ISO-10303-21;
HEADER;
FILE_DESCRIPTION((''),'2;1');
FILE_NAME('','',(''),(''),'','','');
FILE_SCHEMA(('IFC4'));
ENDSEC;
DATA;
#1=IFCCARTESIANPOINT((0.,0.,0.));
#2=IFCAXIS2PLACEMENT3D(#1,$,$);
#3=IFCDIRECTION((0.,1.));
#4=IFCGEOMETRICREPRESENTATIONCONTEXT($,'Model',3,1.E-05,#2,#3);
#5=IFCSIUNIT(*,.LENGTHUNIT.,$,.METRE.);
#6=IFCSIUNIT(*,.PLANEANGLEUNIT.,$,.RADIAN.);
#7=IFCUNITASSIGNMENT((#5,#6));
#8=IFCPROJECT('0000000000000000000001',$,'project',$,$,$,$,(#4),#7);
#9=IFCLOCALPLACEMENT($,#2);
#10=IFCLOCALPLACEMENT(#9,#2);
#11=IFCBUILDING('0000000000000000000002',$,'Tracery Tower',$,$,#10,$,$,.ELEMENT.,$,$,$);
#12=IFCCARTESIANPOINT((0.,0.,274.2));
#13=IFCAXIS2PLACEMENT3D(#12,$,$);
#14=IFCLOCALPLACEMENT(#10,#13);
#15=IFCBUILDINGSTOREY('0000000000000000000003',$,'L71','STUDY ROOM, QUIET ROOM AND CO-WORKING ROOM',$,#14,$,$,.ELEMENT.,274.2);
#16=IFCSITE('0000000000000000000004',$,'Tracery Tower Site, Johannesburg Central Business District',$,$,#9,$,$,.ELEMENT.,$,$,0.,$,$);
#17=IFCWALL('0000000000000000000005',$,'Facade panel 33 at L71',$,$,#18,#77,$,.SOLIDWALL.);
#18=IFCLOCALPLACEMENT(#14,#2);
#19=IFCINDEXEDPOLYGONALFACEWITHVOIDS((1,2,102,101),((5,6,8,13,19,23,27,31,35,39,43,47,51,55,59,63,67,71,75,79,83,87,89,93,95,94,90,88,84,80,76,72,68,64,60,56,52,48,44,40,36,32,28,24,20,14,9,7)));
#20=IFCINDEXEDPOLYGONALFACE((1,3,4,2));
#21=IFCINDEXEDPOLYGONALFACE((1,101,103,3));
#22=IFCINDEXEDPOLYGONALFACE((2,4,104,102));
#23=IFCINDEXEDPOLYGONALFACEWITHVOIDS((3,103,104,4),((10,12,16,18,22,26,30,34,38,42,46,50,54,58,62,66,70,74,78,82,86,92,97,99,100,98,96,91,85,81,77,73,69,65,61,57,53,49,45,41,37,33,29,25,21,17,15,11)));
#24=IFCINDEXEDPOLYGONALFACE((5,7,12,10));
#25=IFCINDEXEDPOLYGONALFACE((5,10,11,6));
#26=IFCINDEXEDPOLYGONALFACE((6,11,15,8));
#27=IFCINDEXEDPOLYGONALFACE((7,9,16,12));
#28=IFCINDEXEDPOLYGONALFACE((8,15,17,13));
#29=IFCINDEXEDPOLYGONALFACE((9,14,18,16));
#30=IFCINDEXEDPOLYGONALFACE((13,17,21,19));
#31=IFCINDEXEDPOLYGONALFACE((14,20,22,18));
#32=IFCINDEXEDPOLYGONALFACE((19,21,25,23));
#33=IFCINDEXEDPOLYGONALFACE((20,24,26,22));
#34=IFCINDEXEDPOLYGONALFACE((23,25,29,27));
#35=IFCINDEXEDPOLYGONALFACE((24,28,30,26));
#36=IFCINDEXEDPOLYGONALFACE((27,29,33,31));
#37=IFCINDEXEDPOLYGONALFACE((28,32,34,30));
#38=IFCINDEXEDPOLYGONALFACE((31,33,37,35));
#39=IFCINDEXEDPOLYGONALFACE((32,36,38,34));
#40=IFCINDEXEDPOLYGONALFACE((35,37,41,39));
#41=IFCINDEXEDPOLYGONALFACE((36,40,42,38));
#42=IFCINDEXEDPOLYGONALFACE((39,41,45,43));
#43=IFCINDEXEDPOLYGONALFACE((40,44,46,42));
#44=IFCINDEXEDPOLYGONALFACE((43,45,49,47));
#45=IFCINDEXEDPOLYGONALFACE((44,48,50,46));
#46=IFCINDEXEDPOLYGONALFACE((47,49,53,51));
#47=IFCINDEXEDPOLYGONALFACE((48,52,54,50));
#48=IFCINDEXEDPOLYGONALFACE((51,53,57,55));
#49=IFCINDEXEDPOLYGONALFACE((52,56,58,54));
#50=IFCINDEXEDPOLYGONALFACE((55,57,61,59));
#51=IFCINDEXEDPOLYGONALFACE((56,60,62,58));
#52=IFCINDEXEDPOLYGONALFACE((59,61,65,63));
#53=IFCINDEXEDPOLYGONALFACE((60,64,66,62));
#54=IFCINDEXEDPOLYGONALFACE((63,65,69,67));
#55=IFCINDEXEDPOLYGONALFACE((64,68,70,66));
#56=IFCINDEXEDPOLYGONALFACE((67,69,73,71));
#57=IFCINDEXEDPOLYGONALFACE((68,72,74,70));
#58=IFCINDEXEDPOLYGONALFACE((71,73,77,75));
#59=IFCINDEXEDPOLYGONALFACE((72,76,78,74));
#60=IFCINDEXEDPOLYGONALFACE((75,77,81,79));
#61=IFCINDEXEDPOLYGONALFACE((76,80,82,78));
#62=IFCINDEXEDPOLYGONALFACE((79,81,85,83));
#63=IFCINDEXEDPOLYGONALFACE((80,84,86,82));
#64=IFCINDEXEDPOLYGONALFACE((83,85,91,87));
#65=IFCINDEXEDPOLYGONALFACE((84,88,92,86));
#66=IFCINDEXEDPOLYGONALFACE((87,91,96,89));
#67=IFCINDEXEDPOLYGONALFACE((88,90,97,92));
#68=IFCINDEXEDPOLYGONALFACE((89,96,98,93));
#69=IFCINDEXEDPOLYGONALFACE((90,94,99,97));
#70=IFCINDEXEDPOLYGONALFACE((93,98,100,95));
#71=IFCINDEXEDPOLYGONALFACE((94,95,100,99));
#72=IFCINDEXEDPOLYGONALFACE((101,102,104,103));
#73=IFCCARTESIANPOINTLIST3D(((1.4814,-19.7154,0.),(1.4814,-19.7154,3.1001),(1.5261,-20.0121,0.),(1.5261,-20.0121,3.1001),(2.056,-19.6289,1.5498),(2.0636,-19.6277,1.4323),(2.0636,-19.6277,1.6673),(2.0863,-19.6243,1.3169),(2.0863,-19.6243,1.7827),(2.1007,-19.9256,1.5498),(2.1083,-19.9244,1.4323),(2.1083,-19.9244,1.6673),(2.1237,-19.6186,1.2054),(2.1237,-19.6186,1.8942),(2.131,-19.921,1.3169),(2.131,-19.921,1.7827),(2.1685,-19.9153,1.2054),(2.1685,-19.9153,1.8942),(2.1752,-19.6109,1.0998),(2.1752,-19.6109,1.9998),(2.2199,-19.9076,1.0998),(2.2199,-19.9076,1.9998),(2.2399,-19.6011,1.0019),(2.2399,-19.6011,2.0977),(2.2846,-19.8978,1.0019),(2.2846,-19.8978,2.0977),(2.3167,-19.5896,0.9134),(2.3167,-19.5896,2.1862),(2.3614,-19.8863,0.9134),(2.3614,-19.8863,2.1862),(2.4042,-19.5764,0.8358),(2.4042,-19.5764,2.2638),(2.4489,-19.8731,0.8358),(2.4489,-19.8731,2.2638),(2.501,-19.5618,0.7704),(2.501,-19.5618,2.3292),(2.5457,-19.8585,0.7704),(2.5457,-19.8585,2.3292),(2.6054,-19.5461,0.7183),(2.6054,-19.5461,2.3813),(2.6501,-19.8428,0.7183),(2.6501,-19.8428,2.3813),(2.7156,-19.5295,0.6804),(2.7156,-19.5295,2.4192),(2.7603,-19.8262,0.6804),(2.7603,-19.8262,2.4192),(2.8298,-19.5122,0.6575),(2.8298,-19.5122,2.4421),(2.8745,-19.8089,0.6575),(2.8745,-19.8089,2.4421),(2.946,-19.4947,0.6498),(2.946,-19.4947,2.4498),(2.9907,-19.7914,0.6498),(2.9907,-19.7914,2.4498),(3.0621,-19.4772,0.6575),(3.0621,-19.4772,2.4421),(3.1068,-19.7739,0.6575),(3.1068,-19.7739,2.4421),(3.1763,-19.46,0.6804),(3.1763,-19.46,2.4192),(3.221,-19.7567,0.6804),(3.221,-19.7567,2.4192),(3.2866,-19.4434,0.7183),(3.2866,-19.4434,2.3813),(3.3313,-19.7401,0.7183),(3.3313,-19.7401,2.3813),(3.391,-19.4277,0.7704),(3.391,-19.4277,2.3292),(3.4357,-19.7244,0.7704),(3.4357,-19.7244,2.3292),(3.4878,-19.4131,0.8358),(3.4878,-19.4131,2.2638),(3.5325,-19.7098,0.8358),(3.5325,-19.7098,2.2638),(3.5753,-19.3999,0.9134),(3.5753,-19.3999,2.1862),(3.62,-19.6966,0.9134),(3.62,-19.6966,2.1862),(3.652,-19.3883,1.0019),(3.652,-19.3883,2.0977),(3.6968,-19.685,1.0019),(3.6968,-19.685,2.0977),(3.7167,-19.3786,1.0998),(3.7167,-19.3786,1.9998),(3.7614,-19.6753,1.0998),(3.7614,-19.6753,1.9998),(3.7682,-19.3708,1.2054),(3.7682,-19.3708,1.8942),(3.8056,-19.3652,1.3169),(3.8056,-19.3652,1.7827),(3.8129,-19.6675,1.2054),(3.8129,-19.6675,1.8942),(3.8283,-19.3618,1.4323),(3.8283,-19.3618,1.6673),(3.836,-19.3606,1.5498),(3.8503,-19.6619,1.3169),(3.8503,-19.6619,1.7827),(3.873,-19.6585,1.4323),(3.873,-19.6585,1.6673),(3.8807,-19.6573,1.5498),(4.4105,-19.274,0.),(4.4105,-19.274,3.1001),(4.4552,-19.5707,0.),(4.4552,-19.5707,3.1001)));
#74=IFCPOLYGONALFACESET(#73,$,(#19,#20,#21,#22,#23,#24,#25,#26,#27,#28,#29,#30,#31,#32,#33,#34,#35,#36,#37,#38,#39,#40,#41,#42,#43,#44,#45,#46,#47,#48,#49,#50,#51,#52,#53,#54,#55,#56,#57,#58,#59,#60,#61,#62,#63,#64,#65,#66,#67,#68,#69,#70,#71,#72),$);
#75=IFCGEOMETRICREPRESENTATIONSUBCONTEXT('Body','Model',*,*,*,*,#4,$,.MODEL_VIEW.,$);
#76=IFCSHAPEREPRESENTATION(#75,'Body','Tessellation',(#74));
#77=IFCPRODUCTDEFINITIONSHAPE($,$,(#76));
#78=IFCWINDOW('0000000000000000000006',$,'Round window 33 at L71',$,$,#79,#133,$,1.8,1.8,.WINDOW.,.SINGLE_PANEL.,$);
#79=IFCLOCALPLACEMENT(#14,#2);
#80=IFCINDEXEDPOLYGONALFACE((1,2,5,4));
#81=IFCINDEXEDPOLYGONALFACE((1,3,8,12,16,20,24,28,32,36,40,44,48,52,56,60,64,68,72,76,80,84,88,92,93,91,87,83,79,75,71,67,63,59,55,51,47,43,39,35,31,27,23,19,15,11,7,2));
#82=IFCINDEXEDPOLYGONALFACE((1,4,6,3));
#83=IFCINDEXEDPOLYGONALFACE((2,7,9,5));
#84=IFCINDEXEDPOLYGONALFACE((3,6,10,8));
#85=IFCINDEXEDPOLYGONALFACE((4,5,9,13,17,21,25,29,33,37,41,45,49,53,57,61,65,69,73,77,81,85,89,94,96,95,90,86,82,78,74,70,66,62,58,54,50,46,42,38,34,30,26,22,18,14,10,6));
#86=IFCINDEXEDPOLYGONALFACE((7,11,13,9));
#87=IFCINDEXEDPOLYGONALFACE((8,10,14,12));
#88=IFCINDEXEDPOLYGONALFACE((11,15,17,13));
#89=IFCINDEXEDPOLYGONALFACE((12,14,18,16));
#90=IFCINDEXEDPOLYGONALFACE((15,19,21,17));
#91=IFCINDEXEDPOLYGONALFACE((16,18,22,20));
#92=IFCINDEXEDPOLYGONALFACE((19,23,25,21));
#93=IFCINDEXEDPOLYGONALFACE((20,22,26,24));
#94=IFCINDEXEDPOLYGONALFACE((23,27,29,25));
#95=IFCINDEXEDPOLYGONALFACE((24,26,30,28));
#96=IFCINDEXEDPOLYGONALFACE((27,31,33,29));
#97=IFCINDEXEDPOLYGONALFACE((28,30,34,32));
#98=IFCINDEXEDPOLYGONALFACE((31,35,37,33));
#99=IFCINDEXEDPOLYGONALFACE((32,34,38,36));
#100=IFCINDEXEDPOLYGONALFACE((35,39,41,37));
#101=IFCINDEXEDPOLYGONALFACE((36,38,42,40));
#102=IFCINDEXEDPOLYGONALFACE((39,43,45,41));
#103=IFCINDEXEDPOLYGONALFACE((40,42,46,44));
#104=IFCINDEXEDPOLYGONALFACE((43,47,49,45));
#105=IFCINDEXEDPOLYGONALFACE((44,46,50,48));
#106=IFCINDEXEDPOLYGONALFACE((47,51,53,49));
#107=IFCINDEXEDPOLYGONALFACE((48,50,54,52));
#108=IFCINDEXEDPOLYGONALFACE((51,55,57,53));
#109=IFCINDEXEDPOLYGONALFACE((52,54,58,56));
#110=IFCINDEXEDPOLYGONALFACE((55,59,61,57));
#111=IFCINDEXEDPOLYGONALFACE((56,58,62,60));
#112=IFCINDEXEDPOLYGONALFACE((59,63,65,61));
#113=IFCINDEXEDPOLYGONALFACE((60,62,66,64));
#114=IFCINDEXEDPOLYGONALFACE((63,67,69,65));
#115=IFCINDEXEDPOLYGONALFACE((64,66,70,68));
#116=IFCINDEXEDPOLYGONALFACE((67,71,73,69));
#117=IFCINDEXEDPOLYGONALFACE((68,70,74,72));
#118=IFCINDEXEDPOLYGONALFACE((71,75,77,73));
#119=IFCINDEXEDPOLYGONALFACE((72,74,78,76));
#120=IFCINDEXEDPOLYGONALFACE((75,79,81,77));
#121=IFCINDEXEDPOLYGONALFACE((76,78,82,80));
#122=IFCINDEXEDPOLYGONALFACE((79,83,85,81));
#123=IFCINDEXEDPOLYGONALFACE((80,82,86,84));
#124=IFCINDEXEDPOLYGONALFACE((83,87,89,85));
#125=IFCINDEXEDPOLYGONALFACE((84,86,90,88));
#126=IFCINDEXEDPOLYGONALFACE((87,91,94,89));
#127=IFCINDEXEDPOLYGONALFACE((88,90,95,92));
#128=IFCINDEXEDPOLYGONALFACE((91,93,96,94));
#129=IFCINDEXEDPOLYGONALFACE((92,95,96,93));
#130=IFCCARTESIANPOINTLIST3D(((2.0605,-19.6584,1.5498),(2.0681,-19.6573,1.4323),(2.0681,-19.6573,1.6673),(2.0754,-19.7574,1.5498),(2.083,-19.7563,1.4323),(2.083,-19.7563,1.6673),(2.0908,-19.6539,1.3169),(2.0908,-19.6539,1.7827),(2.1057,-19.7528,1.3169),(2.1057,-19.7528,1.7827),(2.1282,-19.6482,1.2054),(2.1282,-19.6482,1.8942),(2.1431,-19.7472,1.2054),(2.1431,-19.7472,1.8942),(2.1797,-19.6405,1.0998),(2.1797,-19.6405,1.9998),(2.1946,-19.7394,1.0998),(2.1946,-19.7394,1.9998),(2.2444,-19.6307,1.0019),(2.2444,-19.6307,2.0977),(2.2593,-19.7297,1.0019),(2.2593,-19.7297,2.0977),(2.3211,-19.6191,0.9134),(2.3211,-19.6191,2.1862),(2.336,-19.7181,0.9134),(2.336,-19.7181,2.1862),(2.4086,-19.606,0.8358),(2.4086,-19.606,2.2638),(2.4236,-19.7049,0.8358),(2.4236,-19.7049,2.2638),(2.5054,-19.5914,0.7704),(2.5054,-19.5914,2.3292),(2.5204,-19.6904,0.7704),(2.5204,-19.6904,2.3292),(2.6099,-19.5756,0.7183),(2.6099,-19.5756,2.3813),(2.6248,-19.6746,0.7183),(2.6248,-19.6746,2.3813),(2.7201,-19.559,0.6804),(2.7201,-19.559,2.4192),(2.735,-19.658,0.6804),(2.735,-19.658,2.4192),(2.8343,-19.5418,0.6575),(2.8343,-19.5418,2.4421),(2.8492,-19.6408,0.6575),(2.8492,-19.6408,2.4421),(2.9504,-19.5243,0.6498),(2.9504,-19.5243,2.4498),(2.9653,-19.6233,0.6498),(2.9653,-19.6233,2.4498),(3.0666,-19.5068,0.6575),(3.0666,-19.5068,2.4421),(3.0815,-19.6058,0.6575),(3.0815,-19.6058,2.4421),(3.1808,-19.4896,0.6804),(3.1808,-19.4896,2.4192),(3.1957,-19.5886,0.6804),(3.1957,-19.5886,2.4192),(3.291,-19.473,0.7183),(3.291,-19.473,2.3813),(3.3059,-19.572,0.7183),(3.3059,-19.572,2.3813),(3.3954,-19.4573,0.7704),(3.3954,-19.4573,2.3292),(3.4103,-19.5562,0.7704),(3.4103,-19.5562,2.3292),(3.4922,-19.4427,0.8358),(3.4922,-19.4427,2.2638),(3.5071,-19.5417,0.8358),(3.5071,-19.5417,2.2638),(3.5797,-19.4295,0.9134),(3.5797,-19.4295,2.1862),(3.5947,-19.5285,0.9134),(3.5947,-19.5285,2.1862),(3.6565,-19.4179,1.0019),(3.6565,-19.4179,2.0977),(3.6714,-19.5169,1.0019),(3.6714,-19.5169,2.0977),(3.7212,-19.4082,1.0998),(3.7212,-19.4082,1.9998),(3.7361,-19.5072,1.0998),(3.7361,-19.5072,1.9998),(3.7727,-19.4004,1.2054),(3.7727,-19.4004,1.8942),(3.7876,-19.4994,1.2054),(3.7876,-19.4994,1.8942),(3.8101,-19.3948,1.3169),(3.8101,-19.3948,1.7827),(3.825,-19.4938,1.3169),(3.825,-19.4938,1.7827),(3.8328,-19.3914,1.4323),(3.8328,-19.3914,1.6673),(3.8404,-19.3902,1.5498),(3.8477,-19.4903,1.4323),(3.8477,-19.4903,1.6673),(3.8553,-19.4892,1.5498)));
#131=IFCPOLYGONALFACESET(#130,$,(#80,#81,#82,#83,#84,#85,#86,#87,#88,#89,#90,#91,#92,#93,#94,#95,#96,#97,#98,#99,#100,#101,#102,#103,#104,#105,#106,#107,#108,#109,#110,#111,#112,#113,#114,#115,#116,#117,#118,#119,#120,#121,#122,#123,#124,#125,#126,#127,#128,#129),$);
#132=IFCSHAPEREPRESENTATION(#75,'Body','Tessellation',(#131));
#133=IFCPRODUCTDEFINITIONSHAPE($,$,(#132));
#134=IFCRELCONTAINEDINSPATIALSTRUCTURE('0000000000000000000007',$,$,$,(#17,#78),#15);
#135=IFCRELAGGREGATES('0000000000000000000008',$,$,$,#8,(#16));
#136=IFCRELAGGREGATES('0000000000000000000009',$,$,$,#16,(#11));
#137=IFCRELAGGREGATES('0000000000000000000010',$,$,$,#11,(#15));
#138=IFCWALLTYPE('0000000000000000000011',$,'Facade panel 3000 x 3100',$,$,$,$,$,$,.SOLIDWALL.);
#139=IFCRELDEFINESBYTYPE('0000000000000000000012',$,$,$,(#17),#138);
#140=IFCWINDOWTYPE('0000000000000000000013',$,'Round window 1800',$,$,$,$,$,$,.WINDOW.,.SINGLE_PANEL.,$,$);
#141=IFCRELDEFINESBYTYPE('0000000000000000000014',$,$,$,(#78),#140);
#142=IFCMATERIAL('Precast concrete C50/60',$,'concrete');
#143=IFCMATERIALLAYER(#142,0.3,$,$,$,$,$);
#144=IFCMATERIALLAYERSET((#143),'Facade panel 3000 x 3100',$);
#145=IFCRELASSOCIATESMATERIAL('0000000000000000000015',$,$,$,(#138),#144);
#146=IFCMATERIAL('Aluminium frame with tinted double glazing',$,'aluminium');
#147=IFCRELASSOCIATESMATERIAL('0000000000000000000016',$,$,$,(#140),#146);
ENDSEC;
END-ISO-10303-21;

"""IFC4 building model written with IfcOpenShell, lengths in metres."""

from ifc_helpers import new_model, si_unit, direction, frame, frame_2d, origin, origin_2d, place, context, subcontext, project, spatial, rectangle, circle, extrude, material, layer, layer_set, type_object, element, fill, save


model = new_model("IFC4")

# Units and contexts
model_context = context("Model", 3, precision=1e-05, world=origin(), true_north=direction((0.0, 1.0)))
body_context = subcontext(model_context, "Body", "Model", "MODEL_VIEW")
ifc_project = project(units=[si_unit("LENGTHUNIT", "METRE"), si_unit("PLANEANGLEUNIT", "RADIAN")], contexts=[model_context])

# Site, building, storey
site_placement = place(None, origin())
site = spatial("IfcSite", under=ifc_project, at=site_placement, Name="Tracery Tower Site, Johannesburg Central Business District", CompositionType="ELEMENT", RefElevation=0.0)
building_placement = place(site_placement, origin())
building = spatial("IfcBuilding", under=site, at=building_placement, Name="Tracery Tower", CompositionType="ELEMENT")
storey_placement = place(building_placement, frame((0.0, 0.0, 274.2)))
storey = spatial("IfcBuildingStorey", under=building, at=storey_placement, Name="L71", Description="STUDY ROOM, QUIET ROOM AND CO-WORKING ROOM", CompositionType="ELEMENT", Elevation=274.2)

# Wall, opening, window
ifc_material_1 = material(Name="Precast concrete C50/60", Category="concrete")
ifc_layer_1 = layer(ifc_material_1, 0.3)
ifc_layer_set_1 = layer_set([ifc_layer_1], Name="Facade panel 3000 x 3100")
wall_type_1 = type_object("IfcWallType", Name="Facade panel 3000 x 3100", PredefinedType="SOLIDWALL", material=ifc_layer_set_1)
wall_1_placement = place(storey_placement, frame((1.5039, -19.8638, 0.0), z_axis=(0.0, 0.0, 1.0), x_axis=(0.988836, 0.149009, 0.0)))
wall_1 = element("IfcWall", 1, at=wall_1_placement, inside=storey, type_object=wall_type_1, Name="Facade panel 33 at L71", PredefinedType="SOLIDWALL", context=body_context, shape_type="SweptSolid", body=[
    extrude(rectangle(XDim=2.9622, YDim=0.3, at=frame_2d((1.481, 0.0))), origin(), (0.0, 0.0, 1.0), 3.1001),
])
opening_1_placement = place(wall_1_placement, frame((1.481, 0.0, 1.5498)))
opening_1 = element("IfcOpeningElement", 2, at=opening_1_placement, cuts=wall_1, PredefinedType="OPENING", context=body_context, shape_type="SweptSolid", body=[
    extrude(circle(Radius=0.9, at=origin_2d()), frame((0.0, 0.1599, 0.0), z_axis=(0.0, -1.0, 0.0), x_axis=(1.0, 0.0, 0.0)), (0.0, 0.0, 1.0), 0.3201),
])
ifc_material_2 = material(Name="Aluminium frame with tinted double glazing", Category="aluminium")
window_type = type_object("IfcWindowType", Name="Round window 1800", PartitioningType="SINGLE_PANEL", PredefinedType="WINDOW", material=ifc_material_2)
window_1_placement = place(opening_1_placement, origin())
window_1 = element("IfcWindow", 3, at=window_1_placement, inside=storey, type_object=window_type, Name="Round window 33 at L71", OverallHeight=1.8, OverallWidth=1.8, PartitioningType="SINGLE_PANEL", PredefinedType="WINDOW", context=body_context, shape_type="SweptSolid", body=[
    extrude(circle(Radius=0.9, at=origin_2d()), frame((0.0, 0.1201, 0.0), z_axis=(0.0, -1.0, 0.0), x_axis=(1.0, 0.0, 0.0)), (0.0, 0.0, 1.0), 0.1001),
])
fill(opening_1, window_1)

save(model, "model.ifc")
